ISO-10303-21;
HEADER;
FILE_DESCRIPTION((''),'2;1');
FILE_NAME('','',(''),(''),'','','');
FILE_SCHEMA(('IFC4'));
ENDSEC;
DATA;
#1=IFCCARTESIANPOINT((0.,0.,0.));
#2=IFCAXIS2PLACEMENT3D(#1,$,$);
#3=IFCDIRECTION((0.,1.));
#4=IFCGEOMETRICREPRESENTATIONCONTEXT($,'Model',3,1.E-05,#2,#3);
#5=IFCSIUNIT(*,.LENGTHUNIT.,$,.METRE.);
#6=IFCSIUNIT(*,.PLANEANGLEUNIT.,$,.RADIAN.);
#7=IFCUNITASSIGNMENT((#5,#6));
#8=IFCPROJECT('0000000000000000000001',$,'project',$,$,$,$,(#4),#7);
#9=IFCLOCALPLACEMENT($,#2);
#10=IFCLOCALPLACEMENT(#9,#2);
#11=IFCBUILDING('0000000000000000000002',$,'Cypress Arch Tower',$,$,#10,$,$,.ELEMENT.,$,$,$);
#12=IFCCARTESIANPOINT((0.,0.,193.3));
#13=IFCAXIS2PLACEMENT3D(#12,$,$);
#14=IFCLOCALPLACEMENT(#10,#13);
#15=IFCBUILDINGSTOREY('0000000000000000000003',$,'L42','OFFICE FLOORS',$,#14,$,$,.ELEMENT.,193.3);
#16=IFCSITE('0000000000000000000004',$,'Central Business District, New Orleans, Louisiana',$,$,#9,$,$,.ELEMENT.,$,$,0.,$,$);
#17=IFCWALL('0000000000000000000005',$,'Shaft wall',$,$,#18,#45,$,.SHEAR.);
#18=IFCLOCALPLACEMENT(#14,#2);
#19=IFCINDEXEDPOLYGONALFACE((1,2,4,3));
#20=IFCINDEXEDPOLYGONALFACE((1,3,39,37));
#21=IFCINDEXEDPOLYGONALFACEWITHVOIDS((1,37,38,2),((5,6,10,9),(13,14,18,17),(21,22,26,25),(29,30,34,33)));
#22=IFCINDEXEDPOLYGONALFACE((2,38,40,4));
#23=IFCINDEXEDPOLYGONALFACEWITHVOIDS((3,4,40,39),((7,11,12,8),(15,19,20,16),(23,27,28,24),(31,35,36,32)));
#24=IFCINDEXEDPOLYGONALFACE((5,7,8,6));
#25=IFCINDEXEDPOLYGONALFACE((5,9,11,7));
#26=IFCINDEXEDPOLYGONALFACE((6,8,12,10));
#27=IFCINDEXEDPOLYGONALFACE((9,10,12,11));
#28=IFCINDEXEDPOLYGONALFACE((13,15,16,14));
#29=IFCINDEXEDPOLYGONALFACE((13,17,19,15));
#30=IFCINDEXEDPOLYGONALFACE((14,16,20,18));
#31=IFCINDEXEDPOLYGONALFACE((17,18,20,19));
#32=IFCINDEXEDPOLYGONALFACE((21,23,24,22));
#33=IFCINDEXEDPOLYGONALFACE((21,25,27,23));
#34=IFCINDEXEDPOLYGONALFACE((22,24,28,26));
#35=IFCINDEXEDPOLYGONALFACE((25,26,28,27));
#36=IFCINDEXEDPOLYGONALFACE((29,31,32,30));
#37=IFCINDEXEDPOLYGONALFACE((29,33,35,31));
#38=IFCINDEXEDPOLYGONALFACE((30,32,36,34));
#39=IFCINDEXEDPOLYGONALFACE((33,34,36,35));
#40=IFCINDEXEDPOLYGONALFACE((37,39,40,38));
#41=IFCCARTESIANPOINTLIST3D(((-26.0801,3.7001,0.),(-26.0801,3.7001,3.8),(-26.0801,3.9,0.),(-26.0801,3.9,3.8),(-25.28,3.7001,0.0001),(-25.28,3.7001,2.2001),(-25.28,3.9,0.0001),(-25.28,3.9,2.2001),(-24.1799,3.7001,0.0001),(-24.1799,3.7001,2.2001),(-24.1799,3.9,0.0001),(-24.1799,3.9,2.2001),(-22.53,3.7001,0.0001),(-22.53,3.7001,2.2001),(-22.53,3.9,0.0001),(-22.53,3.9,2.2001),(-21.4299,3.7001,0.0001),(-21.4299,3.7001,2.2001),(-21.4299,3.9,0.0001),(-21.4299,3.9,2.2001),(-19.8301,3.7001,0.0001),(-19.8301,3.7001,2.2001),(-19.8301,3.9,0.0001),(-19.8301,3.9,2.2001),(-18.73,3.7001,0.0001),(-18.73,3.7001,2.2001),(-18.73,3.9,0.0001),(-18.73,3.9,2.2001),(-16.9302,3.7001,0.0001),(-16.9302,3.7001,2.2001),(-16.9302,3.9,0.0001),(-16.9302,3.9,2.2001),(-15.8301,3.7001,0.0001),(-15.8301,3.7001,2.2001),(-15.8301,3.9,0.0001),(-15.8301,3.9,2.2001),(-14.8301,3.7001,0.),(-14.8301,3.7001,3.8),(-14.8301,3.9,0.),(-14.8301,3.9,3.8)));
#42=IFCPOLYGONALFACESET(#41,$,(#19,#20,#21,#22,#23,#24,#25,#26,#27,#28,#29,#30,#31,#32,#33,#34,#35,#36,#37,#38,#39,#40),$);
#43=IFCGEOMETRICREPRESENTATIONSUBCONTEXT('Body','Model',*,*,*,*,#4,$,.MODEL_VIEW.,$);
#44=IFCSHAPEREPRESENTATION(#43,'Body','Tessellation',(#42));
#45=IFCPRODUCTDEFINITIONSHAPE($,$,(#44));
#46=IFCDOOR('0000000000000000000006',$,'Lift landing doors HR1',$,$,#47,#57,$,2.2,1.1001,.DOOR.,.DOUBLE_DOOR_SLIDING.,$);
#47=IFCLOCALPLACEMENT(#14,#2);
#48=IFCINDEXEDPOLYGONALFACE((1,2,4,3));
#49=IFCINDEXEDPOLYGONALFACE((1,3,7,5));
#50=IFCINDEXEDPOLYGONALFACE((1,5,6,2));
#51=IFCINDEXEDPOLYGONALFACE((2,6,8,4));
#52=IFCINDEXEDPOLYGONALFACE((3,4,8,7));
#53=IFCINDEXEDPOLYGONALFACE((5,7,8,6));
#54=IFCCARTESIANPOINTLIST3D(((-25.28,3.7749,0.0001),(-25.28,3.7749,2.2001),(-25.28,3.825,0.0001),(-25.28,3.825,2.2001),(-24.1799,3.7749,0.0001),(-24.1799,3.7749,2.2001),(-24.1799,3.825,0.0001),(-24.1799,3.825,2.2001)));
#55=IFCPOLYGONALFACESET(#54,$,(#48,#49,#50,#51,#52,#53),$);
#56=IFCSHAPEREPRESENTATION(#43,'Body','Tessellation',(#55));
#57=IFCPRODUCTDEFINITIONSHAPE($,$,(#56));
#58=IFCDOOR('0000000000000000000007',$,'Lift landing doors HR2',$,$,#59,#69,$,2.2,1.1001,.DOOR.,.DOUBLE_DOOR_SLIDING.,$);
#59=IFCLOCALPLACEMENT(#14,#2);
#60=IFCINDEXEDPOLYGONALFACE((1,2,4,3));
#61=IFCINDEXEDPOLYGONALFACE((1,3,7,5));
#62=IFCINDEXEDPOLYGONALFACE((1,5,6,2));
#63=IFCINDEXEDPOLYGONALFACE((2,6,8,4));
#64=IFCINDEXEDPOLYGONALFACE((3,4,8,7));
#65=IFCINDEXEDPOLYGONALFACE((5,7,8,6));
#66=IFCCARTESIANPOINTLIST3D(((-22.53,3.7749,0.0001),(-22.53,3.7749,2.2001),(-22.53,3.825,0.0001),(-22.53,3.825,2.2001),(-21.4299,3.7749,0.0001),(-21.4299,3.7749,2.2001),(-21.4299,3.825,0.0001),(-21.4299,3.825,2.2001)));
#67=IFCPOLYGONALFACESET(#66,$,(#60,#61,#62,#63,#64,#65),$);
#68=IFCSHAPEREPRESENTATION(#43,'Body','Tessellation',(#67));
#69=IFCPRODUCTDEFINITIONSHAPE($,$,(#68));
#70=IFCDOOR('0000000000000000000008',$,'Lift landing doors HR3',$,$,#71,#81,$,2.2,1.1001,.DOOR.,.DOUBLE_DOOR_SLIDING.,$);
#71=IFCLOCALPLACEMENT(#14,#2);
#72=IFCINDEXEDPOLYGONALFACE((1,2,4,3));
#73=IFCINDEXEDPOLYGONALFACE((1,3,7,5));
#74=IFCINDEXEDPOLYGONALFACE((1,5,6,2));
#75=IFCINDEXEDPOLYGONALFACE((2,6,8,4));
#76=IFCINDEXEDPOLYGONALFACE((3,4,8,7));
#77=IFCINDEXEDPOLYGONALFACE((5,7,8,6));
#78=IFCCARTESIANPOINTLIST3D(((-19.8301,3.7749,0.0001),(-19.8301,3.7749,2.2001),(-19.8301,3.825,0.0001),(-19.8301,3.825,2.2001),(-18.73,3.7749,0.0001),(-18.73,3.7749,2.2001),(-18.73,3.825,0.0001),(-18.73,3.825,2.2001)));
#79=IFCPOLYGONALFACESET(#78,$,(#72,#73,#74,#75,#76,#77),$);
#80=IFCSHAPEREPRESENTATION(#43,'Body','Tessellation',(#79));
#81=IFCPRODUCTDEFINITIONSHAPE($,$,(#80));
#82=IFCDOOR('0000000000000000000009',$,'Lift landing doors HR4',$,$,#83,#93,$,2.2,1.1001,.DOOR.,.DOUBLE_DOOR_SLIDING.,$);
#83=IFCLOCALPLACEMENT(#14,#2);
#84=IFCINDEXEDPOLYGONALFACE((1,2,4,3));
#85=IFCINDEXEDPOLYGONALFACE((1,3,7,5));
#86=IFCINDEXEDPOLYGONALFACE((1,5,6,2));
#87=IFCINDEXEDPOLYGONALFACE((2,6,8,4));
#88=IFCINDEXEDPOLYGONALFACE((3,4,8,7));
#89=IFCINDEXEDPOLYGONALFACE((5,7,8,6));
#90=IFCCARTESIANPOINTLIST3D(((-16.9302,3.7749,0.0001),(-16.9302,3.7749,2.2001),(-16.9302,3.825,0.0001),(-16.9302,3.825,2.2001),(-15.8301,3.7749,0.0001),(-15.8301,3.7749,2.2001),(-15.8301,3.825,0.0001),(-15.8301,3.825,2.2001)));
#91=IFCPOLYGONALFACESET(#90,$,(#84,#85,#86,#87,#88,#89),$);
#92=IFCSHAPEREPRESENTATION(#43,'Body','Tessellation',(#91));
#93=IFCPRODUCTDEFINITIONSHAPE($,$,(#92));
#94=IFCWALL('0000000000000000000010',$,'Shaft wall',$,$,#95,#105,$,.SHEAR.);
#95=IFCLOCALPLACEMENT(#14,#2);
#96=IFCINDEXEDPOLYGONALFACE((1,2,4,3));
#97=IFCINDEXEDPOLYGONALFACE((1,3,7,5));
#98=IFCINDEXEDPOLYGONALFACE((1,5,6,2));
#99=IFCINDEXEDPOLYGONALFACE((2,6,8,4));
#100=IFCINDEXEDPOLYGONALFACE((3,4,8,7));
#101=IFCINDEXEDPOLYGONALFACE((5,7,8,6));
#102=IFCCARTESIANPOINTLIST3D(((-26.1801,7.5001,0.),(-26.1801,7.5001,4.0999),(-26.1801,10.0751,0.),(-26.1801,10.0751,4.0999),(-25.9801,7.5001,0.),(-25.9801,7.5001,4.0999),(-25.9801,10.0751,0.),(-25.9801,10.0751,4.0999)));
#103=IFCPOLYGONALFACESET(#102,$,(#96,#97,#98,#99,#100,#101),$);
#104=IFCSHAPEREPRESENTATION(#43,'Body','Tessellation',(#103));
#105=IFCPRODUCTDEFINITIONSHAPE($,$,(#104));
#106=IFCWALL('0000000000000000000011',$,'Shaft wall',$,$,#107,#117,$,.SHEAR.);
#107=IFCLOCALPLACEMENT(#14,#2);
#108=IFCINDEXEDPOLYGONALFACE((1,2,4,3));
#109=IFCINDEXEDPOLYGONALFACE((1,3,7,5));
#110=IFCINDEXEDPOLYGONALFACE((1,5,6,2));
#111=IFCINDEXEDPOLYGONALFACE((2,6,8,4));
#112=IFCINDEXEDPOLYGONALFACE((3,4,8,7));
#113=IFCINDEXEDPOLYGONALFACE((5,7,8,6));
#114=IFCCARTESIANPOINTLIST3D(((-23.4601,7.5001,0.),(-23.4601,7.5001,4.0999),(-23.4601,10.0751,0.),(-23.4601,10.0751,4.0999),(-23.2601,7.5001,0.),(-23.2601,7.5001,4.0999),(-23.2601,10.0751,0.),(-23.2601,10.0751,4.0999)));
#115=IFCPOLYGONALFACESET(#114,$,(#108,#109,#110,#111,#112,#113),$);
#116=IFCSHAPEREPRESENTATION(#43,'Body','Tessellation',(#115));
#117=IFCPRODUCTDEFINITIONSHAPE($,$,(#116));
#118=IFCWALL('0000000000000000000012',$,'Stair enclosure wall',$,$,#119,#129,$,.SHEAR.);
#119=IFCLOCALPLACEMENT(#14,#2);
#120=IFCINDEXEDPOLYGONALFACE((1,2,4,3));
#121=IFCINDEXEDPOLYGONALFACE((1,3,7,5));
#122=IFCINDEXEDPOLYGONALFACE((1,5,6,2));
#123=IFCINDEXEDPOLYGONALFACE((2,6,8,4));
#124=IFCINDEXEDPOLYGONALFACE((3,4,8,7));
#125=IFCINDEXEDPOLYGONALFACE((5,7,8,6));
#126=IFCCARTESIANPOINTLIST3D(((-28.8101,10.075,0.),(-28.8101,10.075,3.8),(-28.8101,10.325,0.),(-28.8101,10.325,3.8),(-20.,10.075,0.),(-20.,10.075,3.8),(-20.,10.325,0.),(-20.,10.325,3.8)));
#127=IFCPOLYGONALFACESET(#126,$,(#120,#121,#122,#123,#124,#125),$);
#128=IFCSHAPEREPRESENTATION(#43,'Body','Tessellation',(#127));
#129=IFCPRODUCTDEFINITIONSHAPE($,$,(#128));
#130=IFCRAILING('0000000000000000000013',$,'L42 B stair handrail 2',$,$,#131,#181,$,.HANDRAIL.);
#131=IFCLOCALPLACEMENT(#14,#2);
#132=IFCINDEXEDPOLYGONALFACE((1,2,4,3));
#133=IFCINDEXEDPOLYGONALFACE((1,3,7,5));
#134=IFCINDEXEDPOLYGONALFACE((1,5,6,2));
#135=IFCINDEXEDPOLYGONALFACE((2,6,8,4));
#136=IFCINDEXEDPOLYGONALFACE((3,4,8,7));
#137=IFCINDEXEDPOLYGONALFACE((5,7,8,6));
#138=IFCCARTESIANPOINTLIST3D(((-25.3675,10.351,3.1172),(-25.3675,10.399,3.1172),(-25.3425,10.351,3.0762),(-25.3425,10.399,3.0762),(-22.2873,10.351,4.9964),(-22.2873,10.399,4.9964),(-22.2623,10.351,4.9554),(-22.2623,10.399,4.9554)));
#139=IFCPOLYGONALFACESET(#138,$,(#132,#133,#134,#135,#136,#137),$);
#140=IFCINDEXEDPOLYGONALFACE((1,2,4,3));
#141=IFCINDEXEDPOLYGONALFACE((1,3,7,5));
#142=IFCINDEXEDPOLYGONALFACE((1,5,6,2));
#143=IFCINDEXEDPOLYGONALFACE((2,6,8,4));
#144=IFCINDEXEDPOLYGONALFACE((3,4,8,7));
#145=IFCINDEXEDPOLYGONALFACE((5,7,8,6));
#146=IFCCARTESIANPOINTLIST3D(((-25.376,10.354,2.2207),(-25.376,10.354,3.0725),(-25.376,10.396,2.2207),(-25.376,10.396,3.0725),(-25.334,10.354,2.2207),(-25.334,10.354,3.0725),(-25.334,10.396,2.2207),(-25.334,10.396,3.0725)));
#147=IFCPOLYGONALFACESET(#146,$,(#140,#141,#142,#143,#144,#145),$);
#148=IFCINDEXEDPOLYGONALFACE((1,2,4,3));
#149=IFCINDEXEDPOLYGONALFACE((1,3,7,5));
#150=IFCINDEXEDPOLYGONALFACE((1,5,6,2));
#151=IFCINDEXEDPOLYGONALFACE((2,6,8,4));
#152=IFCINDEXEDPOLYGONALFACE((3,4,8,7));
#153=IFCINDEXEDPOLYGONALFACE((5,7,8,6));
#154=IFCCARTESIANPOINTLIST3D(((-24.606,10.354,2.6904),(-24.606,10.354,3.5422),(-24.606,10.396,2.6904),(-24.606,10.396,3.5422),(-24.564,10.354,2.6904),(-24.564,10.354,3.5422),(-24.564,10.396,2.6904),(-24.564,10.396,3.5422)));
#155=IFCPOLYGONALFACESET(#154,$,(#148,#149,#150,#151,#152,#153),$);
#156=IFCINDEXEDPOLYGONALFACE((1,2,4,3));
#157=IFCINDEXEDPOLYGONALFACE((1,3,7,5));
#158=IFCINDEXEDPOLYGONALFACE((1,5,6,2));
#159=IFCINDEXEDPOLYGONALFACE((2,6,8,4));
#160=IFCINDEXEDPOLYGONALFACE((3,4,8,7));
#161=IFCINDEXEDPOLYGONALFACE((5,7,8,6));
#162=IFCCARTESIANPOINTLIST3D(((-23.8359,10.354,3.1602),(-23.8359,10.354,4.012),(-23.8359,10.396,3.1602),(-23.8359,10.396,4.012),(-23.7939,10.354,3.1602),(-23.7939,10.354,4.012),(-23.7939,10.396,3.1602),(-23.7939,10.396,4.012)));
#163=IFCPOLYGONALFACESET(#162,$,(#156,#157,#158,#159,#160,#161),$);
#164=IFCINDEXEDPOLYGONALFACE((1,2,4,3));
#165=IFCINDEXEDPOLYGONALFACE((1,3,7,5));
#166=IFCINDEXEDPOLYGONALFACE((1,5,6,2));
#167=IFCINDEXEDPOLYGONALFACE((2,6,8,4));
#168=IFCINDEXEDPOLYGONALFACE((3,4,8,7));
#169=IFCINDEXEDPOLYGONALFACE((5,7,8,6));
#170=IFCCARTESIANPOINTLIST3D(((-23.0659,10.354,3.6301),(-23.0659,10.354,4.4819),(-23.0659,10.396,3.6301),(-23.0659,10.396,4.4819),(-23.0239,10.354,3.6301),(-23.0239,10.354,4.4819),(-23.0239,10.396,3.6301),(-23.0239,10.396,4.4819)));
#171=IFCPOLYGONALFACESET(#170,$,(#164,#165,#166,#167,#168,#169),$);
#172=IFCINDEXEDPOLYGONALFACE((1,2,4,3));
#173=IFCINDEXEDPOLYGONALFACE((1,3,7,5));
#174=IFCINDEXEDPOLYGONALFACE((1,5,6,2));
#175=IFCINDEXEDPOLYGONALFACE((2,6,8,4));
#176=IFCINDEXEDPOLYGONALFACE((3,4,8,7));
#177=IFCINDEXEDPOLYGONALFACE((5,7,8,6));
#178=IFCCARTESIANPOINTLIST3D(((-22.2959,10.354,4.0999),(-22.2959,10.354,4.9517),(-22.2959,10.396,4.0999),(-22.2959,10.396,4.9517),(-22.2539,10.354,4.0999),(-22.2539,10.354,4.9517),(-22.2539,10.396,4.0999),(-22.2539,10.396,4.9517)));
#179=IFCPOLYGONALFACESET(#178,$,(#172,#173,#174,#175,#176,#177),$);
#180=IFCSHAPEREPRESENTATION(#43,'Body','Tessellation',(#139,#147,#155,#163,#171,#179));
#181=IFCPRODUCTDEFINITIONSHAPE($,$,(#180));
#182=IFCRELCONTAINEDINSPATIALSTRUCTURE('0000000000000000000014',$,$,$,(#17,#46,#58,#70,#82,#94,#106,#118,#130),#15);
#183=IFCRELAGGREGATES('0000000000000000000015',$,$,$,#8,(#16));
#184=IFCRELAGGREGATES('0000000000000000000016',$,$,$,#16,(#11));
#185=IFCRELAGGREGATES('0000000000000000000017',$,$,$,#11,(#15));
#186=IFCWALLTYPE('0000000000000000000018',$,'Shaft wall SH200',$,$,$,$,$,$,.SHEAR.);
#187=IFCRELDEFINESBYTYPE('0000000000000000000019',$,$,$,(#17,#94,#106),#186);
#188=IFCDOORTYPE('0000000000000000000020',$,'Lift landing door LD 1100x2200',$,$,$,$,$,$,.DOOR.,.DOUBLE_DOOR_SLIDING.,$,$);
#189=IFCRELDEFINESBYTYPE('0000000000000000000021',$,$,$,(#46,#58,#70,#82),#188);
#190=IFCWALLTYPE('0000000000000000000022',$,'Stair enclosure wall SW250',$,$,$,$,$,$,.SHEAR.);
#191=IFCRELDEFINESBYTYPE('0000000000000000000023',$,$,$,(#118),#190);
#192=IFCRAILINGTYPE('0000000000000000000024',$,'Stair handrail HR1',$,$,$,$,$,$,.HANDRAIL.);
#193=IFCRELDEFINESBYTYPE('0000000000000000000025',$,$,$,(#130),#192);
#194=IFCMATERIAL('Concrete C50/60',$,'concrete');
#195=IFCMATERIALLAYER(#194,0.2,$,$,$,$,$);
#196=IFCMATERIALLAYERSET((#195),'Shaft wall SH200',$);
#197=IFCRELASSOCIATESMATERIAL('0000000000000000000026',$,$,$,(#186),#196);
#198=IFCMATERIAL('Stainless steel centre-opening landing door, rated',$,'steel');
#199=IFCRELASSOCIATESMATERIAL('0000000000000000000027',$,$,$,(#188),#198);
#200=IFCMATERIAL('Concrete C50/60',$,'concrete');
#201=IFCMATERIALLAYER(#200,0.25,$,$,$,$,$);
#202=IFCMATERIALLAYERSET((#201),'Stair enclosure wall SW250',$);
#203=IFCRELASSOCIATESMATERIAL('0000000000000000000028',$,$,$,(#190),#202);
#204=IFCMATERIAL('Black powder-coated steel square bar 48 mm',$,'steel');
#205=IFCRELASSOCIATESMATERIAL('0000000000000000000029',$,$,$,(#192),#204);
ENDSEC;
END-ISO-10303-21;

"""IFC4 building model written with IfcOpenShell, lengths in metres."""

from ifc_helpers import new_model, si_unit, direction, frame, frame_2d, origin, origin_2d, place, context, subcontext, project, spatial, rectangle, extrude, material, layer, layer_set, type_object, element, fill, save


model = new_model("IFC4")

# Units and contexts
model_context = context("Model", 3, precision=1e-05, world=origin(), true_north=direction((0.0, 1.0)))
body_context = subcontext(model_context, "Body", "Model", "MODEL_VIEW")
ifc_project = project(units=[si_unit("LENGTHUNIT", "METRE"), si_unit("PLANEANGLEUNIT", "RADIAN")], contexts=[model_context])

# Site, building, storey
site_placement = place(None, origin())
site = spatial("IfcSite", under=ifc_project, at=site_placement, Name="Central Business District, New Orleans, Louisiana", CompositionType="ELEMENT", RefElevation=0.0)
building_placement = place(site_placement, origin())
building = spatial("IfcBuilding", under=site, at=building_placement, Name="Cypress Arch Tower", CompositionType="ELEMENT")
storey_placement = place(building_placement, frame((0.0, 0.0, 193.3)))
storey = spatial("IfcBuildingStorey", under=building, at=storey_placement, Name="L42", Description="OFFICE FLOORS", CompositionType="ELEMENT", Elevation=193.3)

# Wall, openings, doors
ifc_material_1 = material(Name="Concrete C50/60", Category="concrete")
ifc_layer_1 = layer(ifc_material_1, 0.2)
ifc_layer_set_1 = layer_set([ifc_layer_1], Name="Shaft wall SH200")
wall_type_1 = type_object("IfcWallType", Name="Shaft wall SH200", PredefinedType="SHEAR", material=ifc_layer_set_1)
ifc_material_2 = material(Name="Stainless steel centre-opening landing door, rated", Category="steel")
door_type_1 = type_object("IfcDoorType", Name="Lift landing door LD 1100x2200", OperationType="DOUBLE_DOOR_SLIDING", PredefinedType="DOOR", material=ifc_material_2)
wall_1_placement = place(storey_placement, frame((-26.0801, 3.8, 0.0), z_axis=(0.0, 0.0, 1.0), x_axis=(1.0, 0.0, 0.0)))
wall_1 = element("IfcWall", 1, at=wall_1_placement, inside=storey, type_object=wall_type_1, Name="Shaft wall", PredefinedType="SHEAR", context=body_context, shape_type="SweptSolid", body=[
    extrude(rectangle(XDim=11.25, YDim=0.2, at=frame_2d((5.625, 0.0))), origin(), (0.0, 0.0, 1.0), 3.8),
])
opening_1_placement = place(wall_1_placement, frame((0.8, 0.0, 0.0)))
opening_1 = element("IfcOpeningElement", 2, at=opening_1_placement, cuts=wall_1, PredefinedType="OPENING", context=body_context, shape_type="SweptSolid", body=[
    extrude(rectangle(XDim=1.1001, YDim=2.2, at=frame_2d((0.55, 1.1001))), frame((0.0, 0.1099, 0.0), z_axis=(0.0, -1.0, 0.0), x_axis=(1.0, 0.0, 0.0)), (0.0, 0.0, 1.0), 0.22),
])
opening_2_placement = place(wall_1_placement, frame((3.55, 0.0, 0.0)))
opening_2 = element("IfcOpeningElement", 3, at=opening_2_placement, cuts=wall_1, PredefinedType="OPENING", context=body_context, shape_type="SweptSolid", body=[
    extrude(rectangle(XDim=1.1001, YDim=2.2, at=frame_2d((0.55, 1.1001))), frame((0.0, 0.1099, 0.0), z_axis=(0.0, -1.0, 0.0), x_axis=(1.0, 0.0, 0.0)), (0.0, 0.0, 1.0), 0.22),
])
opening_3_placement = place(wall_1_placement, frame((6.25, 0.0, 0.0)))
opening_3 = element("IfcOpeningElement", 4, at=opening_3_placement, cuts=wall_1, PredefinedType="OPENING", context=body_context, shape_type="SweptSolid", body=[
    extrude(rectangle(XDim=1.1001, YDim=2.2, at=frame_2d((0.55, 1.1001))), frame((0.0, 0.1099, 0.0), z_axis=(0.0, -1.0, 0.0), x_axis=(1.0, 0.0, 0.0)), (0.0, 0.0, 1.0), 0.22),
])
opening_4_placement = place(wall_1_placement, frame((9.1499, 0.0, 0.0)))
opening_4 = element("IfcOpeningElement", 5, at=opening_4_placement, cuts=wall_1, PredefinedType="OPENING", context=body_context, shape_type="SweptSolid", body=[
    extrude(rectangle(XDim=1.1001, YDim=2.2, at=frame_2d((0.55, 1.1001))), frame((0.0, 0.1099, 0.0), z_axis=(0.0, -1.0, 0.0), x_axis=(1.0, 0.0, 0.0)), (0.0, 0.0, 1.0), 0.22),
])
door_1_placement = place(opening_1_placement, origin())
door_1 = element("IfcDoor", 6, at=door_1_placement, inside=storey, type_object=door_type_1, Name="Lift landing doors HR1", OperationType="DOUBLE_DOOR_SLIDING", OverallHeight=2.2, OverallWidth=1.1001, PredefinedType="DOOR", context=body_context, shape_type="SweptSolid", body=[
    extrude(rectangle(XDim=1.1001, YDim=2.2, at=frame_2d((0.55, 1.1001))), frame((0.0, 0.0249, 0.0), z_axis=(0.0, -1.0, 0.0), x_axis=(1.0, 0.0, 0.0)), (0.0, 0.0, 1.0), 0.05),
])
fill(opening_1, door_1)
door_2_placement = place(opening_2_placement, origin())
door_2 = element("IfcDoor", 7, at=door_2_placement, inside=storey, type_object=door_type_1, Name="Lift landing doors HR2", OperationType="DOUBLE_DOOR_SLIDING", OverallHeight=2.2, OverallWidth=1.1001, PredefinedType="DOOR", context=body_context, shape_type="SweptSolid", body=[
    extrude(rectangle(XDim=1.1001, YDim=2.2, at=frame_2d((0.55, 1.1001))), frame((0.0, 0.0249, 0.0), z_axis=(0.0, -1.0, 0.0), x_axis=(1.0, 0.0, 0.0)), (0.0, 0.0, 1.0), 0.05),
])
fill(opening_2, door_2)
door_3_placement = place(opening_3_placement, origin())
door_3 = element("IfcDoor", 8, at=door_3_placement, inside=storey, type_object=door_type_1, Name="Lift landing doors HR3", OperationType="DOUBLE_DOOR_SLIDING", OverallHeight=2.2, OverallWidth=1.1001, PredefinedType="DOOR", context=body_context, shape_type="SweptSolid", body=[
    extrude(rectangle(XDim=1.1001, YDim=2.2, at=frame_2d((0.55, 1.1001))), frame((0.0, 0.0249, 0.0), z_axis=(0.0, -1.0, 0.0), x_axis=(1.0, 0.0, 0.0)), (0.0, 0.0, 1.0), 0.05),
])
fill(opening_3, door_3)
door_4_placement = place(opening_4_placement, origin())
door_4 = element("IfcDoor", 9, at=door_4_placement, inside=storey, type_object=door_type_1, Name="Lift landing doors HR4", OperationType="DOUBLE_DOOR_SLIDING", OverallHeight=2.2, OverallWidth=1.1001, PredefinedType="DOOR", context=body_context, shape_type="SweptSolid", body=[
    extrude(rectangle(XDim=1.1001, YDim=2.2, at=frame_2d((0.55, 1.1001))), frame((0.0, 0.0249, 0.0), z_axis=(0.0, -1.0, 0.0), x_axis=(1.0, 0.0, 0.0)), (0.0, 0.0, 1.0), 0.05),
])
fill(opening_4, door_4)

# Walls
for number, where, z_axis, x_axis, name in (
    (10, (-26.0801, 7.5, 0.0), (0.0, 0.0, 1.0), (0.0, 1.0, 0.0), "Shaft wall"),
    (11, (-23.3601, 7.5, 0.0), (0.0, 0.0, 1.0), (0.0, 1.0, 0.0), "Shaft wall"),
):
    element("IfcWall", number, at=place(storey_placement, frame(where, z_axis=z_axis, x_axis=x_axis)), inside=storey, type_object=wall_type_1, Name=name, PredefinedType="SHEAR", context=body_context, shape_type="SweptSolid", body=[
        extrude(rectangle(XDim=2.575, YDim=0.2, at=frame_2d((1.2876, 0.0))), origin(), (0.0, 0.0, 1.0), 4.0999),
    ])
ifc_material_3 = material(Name="Concrete C50/60", Category="concrete")
ifc_layer_2 = layer(ifc_material_3, 0.25)
ifc_layer_set_2 = layer_set([ifc_layer_2], Name="Stair enclosure wall SW250")
wall_type_2 = type_object("IfcWallType", Name="Stair enclosure wall SW250", PredefinedType="SHEAR", material=ifc_layer_set_2)
wall_2_placement = place(storey_placement, frame((-28.8101, 10.2, 0.0), z_axis=(0.0, 0.0, 1.0), x_axis=(1.0, 0.0, 0.0)))
element("IfcWall", 12, at=wall_2_placement, inside=storey, type_object=wall_type_2, Name="Stair enclosure wall", PredefinedType="SHEAR", context=body_context, shape_type="SweptSolid", body=[
    extrude(rectangle(XDim=8.8101, YDim=0.25, at=frame_2d((4.405, 0.0))), origin(), (0.0, 0.0, 1.0), 3.8),
])

# Railing
ifc_material_4 = material(Name="Black powder-coated steel square bar 48 mm", Category="steel")
railing_type_1 = type_object("IfcRailingType", Name="Stair handrail HR1", PredefinedType="HANDRAIL", material=ifc_material_4)
railing_1_placement = place(storey_placement, frame((-25.355, 10.375, 2.2207)))
element("IfcRailing", 13, at=railing_1_placement, inside=storey, type_object=railing_type_1, Name="L42 B stair handrail 2", PredefinedType="HANDRAIL", context=body_context, shape_type="SweptSolid", body=[
    extrude(rectangle(XDim=0.0481, YDim=0.0481, at=origin_2d()), frame((0.0, 0.0, 0.876), z_axis=(0.853666, 0.0, 0.52082), x_axis=(0.0, 1.0, 0.0)), (0.0, 0.0, 1.0), 3.6082),
    extrude(rectangle(XDim=0.042, YDim=0.042, at=origin_2d()), origin(), (0.0, 0.0, 1.0), 0.8518),
    extrude(rectangle(XDim=0.042, YDim=0.042, at=origin_2d()), frame((0.77, 0.0, 0.4697)), (0.0, 0.0, 1.0), 0.8518),
    extrude(rectangle(XDim=0.042, YDim=0.042, at=origin_2d()), frame((1.54, 0.0, 0.9395)), (0.0, 0.0, 1.0), 0.8518),
    extrude(rectangle(XDim=0.042, YDim=0.042, at=origin_2d()), frame((2.3101, 0.0, 1.4094)), (0.0, 0.0, 1.0), 0.8518),
    extrude(rectangle(XDim=0.042, YDim=0.042, at=origin_2d()), frame((3.0801, 0.0, 1.8792)), (0.0, 0.0, 1.0), 0.8518),
])

save(model, "model.ifc")
